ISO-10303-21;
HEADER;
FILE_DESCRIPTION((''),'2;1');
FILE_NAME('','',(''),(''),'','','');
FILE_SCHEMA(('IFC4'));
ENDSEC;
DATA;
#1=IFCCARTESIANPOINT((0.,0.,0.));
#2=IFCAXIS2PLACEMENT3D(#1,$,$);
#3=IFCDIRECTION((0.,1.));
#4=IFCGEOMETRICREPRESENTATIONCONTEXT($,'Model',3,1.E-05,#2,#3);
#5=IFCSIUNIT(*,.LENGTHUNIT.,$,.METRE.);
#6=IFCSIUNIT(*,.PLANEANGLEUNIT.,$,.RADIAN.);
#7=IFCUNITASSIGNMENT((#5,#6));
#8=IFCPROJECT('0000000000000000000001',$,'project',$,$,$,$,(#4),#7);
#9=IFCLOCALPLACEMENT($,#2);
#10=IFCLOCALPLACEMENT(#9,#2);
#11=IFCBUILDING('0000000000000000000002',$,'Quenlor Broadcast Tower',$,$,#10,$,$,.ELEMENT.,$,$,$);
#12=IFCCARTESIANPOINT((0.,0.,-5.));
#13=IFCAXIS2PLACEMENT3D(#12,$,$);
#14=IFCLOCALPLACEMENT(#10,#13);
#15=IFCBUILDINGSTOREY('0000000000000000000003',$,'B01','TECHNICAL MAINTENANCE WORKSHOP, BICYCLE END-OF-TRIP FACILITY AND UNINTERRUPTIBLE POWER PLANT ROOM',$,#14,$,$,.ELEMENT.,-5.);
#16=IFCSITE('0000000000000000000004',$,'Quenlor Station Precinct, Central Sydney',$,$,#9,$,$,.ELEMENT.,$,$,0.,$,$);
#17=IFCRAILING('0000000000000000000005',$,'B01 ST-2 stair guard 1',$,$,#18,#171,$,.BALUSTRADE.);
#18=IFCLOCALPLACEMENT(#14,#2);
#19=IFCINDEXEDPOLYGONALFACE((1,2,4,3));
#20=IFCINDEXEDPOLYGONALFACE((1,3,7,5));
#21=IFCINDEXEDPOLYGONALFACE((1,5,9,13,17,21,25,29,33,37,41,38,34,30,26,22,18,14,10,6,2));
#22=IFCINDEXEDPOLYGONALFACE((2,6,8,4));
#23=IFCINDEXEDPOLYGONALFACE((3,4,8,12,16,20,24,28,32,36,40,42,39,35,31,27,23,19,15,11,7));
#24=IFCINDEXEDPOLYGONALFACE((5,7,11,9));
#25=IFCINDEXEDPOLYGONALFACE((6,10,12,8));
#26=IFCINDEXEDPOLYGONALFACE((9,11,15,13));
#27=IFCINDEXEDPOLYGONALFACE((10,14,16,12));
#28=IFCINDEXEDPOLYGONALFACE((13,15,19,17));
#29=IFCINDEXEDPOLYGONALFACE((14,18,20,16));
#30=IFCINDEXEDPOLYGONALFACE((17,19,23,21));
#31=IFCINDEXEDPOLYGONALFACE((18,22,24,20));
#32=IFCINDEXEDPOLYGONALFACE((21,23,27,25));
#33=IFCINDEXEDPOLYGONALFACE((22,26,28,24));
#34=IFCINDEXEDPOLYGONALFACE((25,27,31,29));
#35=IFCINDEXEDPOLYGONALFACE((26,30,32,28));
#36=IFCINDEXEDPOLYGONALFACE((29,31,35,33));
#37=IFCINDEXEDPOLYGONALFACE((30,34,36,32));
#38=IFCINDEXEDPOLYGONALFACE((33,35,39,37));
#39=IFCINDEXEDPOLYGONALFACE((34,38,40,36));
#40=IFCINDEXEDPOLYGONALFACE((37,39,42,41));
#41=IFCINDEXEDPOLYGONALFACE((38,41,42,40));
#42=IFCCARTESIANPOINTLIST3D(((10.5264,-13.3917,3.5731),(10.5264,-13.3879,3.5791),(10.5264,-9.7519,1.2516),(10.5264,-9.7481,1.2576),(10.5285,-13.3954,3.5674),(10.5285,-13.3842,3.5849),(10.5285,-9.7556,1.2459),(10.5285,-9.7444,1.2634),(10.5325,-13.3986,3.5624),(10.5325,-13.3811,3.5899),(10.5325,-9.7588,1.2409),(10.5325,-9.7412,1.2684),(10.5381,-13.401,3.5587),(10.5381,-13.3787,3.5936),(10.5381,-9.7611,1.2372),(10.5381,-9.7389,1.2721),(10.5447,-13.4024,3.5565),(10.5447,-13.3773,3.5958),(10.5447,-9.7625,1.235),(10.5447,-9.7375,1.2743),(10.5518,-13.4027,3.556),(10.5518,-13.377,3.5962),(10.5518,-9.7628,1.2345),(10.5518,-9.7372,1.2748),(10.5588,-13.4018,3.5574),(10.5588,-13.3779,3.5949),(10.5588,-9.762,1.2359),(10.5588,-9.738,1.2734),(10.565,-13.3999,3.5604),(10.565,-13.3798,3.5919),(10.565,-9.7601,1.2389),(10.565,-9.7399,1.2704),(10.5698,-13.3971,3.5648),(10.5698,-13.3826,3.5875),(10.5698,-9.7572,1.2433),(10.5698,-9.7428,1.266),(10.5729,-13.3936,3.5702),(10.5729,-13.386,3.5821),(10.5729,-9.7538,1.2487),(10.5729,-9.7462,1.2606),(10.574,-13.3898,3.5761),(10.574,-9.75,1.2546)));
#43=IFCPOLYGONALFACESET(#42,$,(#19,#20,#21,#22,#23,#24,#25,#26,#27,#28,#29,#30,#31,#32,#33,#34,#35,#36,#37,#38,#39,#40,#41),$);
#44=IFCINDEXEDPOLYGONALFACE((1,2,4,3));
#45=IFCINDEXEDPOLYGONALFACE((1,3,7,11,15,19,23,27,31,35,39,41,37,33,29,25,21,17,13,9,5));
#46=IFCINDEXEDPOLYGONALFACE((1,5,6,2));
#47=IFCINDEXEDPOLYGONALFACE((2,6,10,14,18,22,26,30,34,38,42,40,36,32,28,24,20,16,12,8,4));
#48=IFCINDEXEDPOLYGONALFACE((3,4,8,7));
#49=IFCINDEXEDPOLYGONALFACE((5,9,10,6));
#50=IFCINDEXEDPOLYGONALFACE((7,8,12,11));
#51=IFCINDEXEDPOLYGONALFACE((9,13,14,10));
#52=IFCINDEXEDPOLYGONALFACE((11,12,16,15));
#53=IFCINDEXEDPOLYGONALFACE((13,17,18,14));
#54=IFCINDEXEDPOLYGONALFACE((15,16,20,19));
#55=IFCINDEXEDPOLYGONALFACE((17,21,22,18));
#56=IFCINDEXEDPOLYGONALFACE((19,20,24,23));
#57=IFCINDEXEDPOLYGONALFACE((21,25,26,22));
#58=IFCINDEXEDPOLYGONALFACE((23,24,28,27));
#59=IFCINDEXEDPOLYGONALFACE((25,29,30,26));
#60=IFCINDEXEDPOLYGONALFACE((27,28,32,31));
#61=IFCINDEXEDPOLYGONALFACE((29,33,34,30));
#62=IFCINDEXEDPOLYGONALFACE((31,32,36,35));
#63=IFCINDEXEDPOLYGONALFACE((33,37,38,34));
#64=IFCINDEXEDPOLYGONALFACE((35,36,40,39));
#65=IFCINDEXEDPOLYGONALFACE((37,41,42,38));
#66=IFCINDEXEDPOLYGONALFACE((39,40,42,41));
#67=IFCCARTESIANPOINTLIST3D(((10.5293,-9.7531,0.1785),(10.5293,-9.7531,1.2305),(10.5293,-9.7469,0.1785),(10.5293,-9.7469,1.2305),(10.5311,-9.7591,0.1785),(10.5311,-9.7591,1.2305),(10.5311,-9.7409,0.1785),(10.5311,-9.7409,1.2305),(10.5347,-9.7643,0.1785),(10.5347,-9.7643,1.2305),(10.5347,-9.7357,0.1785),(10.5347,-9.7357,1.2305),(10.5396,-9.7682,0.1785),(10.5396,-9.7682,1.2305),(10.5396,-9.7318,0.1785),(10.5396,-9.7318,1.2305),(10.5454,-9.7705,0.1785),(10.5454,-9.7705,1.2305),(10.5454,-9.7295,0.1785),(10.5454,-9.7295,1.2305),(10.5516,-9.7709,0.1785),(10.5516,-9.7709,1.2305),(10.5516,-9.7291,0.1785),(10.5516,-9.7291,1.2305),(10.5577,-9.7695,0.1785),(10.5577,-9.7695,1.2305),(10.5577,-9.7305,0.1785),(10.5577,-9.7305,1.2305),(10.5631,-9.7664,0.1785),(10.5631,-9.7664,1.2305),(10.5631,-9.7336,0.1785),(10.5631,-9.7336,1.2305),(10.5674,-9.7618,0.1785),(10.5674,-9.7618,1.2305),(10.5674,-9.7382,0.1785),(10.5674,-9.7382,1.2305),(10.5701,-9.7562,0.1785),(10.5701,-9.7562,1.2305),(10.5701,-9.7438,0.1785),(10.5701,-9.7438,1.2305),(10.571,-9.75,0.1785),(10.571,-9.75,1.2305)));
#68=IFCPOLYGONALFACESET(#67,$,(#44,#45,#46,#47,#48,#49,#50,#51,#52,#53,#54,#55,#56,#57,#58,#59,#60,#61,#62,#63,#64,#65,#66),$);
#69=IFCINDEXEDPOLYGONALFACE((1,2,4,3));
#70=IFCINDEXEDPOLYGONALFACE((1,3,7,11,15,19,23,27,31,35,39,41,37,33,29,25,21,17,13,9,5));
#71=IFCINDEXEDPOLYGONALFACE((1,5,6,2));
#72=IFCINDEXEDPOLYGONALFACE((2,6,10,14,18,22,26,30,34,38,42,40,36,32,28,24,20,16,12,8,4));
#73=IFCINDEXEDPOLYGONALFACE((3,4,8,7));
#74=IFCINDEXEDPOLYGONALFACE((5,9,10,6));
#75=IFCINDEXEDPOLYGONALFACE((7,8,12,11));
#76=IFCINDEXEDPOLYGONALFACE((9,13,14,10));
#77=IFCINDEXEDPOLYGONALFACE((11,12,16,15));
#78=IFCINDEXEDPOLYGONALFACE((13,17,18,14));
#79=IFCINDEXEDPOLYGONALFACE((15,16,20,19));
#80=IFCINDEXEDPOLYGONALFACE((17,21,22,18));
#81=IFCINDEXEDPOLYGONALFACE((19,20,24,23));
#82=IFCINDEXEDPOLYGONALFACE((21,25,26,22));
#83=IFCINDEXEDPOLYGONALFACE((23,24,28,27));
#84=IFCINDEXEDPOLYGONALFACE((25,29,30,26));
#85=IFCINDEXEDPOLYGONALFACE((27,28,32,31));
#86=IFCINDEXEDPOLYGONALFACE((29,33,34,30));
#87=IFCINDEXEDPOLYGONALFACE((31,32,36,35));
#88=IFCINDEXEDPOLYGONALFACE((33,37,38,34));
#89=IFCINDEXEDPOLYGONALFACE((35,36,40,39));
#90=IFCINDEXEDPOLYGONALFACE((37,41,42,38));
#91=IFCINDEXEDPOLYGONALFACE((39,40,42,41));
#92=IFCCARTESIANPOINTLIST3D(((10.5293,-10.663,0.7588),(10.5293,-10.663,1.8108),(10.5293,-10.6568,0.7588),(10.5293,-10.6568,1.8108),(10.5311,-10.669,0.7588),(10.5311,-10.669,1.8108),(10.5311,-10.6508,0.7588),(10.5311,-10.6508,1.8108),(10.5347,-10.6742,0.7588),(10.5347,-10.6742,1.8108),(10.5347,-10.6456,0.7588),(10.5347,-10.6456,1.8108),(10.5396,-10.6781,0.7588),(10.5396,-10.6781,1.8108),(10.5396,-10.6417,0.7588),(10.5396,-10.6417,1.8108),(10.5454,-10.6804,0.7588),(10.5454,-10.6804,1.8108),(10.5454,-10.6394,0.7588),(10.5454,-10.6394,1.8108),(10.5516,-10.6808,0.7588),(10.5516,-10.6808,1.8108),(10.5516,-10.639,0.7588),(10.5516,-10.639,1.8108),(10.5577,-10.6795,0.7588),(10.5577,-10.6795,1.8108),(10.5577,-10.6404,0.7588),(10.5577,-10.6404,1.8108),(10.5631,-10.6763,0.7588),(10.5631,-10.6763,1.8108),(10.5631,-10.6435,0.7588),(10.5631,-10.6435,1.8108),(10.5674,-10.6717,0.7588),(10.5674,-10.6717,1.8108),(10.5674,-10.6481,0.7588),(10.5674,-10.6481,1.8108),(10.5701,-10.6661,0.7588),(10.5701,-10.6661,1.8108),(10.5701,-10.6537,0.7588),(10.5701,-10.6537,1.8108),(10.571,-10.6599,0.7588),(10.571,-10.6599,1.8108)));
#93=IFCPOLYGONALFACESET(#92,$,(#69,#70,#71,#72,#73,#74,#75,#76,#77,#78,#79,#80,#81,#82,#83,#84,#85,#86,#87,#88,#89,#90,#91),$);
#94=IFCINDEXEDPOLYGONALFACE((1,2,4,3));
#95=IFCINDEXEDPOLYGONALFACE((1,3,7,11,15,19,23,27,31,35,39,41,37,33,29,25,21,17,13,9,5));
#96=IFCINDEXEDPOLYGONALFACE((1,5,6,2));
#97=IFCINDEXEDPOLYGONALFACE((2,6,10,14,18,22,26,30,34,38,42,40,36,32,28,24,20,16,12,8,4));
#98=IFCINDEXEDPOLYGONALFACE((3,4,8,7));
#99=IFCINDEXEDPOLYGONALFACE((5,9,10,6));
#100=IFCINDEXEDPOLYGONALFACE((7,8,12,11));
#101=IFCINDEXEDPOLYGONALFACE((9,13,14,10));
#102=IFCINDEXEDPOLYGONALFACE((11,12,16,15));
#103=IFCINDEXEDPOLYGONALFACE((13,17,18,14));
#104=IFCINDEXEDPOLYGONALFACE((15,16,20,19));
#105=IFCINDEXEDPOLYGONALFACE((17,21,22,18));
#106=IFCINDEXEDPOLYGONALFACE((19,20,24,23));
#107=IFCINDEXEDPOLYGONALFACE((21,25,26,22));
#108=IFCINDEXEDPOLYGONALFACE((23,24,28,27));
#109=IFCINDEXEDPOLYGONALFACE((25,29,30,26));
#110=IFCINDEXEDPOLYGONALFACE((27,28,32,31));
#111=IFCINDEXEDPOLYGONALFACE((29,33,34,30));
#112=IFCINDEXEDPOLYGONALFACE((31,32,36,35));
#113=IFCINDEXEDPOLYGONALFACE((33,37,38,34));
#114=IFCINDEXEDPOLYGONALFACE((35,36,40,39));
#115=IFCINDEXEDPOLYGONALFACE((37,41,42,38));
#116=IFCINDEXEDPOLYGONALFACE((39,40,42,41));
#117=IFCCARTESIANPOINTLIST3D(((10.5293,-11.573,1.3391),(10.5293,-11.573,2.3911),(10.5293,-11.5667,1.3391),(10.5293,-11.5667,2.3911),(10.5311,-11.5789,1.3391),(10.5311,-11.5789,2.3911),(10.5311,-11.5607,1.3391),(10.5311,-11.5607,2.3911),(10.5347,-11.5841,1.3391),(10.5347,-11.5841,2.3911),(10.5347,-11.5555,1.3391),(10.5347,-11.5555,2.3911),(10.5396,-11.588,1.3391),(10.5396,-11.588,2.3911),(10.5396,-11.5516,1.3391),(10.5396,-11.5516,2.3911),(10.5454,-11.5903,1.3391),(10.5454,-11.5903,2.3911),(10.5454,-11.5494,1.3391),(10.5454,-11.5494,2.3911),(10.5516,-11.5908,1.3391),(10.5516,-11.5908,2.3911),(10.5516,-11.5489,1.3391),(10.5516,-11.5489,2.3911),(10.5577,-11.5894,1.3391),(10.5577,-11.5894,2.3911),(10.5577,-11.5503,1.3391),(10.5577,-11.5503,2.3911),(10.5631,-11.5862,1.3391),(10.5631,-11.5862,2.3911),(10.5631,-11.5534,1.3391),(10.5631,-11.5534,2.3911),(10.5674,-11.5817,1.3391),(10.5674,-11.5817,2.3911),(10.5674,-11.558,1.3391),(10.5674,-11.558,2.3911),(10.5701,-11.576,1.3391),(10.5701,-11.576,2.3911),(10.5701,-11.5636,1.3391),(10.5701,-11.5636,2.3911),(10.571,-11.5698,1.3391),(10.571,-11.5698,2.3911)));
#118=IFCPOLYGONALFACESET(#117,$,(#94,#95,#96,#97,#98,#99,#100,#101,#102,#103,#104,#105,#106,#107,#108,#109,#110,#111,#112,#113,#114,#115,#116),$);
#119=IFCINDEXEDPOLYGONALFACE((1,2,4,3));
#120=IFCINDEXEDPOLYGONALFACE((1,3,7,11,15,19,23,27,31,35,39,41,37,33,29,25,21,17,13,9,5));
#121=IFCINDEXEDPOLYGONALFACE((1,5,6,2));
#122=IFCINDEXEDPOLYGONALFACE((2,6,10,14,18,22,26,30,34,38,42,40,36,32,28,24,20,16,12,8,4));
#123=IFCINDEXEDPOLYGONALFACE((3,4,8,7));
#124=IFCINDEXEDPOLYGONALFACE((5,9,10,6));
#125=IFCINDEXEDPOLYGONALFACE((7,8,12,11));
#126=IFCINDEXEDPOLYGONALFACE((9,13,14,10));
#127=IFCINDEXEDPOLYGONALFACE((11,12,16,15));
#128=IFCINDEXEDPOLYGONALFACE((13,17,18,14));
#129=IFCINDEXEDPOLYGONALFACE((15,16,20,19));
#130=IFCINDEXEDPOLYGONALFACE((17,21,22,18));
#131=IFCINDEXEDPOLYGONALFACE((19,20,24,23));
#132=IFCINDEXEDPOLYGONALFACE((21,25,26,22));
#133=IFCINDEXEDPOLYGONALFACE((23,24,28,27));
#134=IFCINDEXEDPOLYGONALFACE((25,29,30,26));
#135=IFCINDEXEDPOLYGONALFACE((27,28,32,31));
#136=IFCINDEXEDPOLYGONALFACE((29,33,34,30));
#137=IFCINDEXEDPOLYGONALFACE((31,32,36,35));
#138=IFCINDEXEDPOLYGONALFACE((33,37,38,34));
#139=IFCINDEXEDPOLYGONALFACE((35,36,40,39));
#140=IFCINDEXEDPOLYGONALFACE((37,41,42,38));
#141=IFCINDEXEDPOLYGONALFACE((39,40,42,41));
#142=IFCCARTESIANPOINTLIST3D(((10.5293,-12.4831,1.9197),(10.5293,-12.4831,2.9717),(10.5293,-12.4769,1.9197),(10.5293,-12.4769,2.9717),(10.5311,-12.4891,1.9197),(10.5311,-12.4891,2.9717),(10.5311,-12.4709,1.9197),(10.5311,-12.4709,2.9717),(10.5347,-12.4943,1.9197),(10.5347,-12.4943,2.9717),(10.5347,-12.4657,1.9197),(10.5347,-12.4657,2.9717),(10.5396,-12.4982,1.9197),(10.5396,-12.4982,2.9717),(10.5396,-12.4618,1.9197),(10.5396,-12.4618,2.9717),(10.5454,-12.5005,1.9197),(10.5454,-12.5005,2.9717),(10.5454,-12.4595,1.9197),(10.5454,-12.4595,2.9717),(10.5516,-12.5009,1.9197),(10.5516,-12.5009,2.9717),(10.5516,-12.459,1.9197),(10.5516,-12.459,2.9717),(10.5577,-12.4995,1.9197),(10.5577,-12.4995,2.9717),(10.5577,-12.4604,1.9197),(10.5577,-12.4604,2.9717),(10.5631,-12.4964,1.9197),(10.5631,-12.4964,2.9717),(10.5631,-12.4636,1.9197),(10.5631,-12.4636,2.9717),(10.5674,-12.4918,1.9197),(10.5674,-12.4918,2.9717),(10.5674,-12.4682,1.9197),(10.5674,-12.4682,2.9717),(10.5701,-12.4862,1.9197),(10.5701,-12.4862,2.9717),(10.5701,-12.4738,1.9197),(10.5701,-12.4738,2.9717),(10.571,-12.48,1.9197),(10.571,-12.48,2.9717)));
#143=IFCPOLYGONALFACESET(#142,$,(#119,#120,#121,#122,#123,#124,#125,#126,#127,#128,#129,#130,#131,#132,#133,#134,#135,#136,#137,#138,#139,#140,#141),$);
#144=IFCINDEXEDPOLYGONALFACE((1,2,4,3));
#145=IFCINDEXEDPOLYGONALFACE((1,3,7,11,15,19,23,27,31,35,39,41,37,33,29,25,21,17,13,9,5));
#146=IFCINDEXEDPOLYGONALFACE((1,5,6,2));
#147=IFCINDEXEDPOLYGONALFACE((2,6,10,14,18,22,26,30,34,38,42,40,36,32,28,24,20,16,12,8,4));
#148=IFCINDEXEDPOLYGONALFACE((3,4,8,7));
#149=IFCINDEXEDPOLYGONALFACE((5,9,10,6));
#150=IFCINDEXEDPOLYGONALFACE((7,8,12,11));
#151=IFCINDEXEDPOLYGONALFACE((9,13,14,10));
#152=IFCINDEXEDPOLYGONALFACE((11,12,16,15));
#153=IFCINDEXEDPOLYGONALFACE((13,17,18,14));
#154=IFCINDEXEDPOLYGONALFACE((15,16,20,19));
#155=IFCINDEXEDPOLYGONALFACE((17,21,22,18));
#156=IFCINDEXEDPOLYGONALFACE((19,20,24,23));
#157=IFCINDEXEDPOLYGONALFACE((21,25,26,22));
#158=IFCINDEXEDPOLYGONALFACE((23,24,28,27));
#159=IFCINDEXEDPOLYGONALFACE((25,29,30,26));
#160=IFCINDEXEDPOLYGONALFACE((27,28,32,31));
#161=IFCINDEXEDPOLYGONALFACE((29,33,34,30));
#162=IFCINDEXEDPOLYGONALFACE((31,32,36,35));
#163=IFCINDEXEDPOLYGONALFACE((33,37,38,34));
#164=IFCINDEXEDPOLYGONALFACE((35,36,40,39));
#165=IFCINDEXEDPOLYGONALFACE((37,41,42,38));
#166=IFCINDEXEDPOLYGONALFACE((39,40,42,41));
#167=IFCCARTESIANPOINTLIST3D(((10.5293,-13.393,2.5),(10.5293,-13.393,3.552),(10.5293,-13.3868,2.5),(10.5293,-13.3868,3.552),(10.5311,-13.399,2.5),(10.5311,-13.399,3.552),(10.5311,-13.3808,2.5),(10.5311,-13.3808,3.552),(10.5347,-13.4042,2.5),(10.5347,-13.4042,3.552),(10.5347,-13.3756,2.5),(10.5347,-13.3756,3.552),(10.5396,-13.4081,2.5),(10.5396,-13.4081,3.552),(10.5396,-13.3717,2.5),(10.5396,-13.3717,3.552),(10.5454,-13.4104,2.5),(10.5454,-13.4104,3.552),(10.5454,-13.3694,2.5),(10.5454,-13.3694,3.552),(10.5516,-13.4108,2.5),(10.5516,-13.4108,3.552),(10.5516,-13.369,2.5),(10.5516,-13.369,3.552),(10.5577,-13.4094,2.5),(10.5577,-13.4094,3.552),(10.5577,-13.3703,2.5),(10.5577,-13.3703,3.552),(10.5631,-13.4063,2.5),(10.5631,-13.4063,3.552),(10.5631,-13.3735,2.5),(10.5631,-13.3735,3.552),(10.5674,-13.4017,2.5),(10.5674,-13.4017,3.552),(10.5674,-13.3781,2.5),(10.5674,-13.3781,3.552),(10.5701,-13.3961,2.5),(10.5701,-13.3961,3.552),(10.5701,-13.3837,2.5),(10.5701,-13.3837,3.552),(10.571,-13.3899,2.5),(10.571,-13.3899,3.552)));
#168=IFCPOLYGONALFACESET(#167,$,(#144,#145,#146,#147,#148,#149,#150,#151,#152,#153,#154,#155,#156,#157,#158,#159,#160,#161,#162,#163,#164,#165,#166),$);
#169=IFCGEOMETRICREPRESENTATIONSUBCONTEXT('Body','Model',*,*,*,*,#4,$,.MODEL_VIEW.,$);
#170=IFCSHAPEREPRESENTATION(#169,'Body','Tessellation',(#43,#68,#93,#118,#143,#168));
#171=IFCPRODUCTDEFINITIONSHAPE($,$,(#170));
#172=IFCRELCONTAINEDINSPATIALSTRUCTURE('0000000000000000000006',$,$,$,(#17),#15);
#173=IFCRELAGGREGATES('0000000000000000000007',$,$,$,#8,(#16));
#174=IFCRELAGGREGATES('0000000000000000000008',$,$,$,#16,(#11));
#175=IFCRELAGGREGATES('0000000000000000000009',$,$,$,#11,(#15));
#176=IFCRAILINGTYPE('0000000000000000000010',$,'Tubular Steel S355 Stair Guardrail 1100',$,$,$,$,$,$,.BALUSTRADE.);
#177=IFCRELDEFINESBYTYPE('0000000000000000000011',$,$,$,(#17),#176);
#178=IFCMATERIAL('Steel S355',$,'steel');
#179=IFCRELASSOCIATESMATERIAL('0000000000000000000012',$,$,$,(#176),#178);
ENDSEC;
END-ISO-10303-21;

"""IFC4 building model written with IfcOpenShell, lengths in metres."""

from ifc_helpers import new_model, si_unit, direction, frame, origin, origin_2d, place, context, subcontext, project, spatial, circle, extrude, material, type_object, element, save


model = new_model("IFC4")

# Units and contexts
model_context = context("Model", 3, precision=1e-05, world=origin(), true_north=direction((0.0, 1.0)))
body_context = subcontext(model_context, "Body", "Model", "MODEL_VIEW")
ifc_project = project(units=[si_unit("LENGTHUNIT", "METRE"), si_unit("PLANEANGLEUNIT", "RADIAN")], contexts=[model_context])

# Site, building, storey
site_placement = place(None, origin())
site = spatial("IfcSite", under=ifc_project, at=site_placement, Name="Quenlor Station Precinct, Central Sydney", CompositionType="ELEMENT", RefElevation=0.0)
building_placement = place(site_placement, origin())
building = spatial("IfcBuilding", under=site, at=building_placement, Name="Quenlor Broadcast Tower", CompositionType="ELEMENT")
storey_placement = place(building_placement, frame((0.0, 0.0, -5.0)))
storey = spatial("IfcBuildingStorey", under=building, at=storey_placement, Name="B01", Description="TECHNICAL MAINTENANCE WORKSHOP, BICYCLE END-OF-TRIP FACILITY AND UNINTERRUPTIBLE POWER PLANT ROOM", CompositionType="ELEMENT", Elevation=-5.0)

# Railing
ifc_material_1 = material(Name="Steel S355", Category="steel")
railing_type_1 = type_object("IfcRailingType", Name="Tubular Steel S355 Stair Guardrail 1100", PredefinedType="BALUSTRADE", material=ifc_material_1)
railing_1_placement = place(storey_placement, frame((10.55, -9.75, 0.1785)))
element("IfcRailing", 1, at=railing_1_placement, inside=storey, type_object=railing_type_1, Name="B01 ST-2 stair guard 1", PredefinedType="BALUSTRADE", context=body_context, shape_type="SweptSolid", body=[
    extrude(circle(Radius=0.0239, at=origin_2d()), frame((0.0, 0.0, 1.0762), z_axis=(0.0, -0.843112, 0.537739), x_axis=(1.0, 0.0, 0.0)), (0.0, 0.0, 1.0), 4.3171),
    extrude(circle(Radius=0.021, at=origin_2d()), origin(), (0.0, 0.0, 1.0), 1.052),
    extrude(circle(Radius=0.021, at=origin_2d()), frame((0.0, -0.9099, 0.5803)), (0.0, 0.0, 1.0), 1.052),
    extrude(circle(Radius=0.021, at=origin_2d()), frame((0.0, -1.8198, 1.1606)), (0.0, 0.0, 1.0), 1.052),
    extrude(circle(Radius=0.021, at=origin_2d()), frame((0.0, -2.73, 1.7412)), (0.0, 0.0, 1.0), 1.052),
    extrude(circle(Radius=0.021, at=origin_2d()), frame((0.0, -3.6399, 2.3215)), (0.0, 0.0, 1.0), 1.052),
])

save(model, "model.ifc")
